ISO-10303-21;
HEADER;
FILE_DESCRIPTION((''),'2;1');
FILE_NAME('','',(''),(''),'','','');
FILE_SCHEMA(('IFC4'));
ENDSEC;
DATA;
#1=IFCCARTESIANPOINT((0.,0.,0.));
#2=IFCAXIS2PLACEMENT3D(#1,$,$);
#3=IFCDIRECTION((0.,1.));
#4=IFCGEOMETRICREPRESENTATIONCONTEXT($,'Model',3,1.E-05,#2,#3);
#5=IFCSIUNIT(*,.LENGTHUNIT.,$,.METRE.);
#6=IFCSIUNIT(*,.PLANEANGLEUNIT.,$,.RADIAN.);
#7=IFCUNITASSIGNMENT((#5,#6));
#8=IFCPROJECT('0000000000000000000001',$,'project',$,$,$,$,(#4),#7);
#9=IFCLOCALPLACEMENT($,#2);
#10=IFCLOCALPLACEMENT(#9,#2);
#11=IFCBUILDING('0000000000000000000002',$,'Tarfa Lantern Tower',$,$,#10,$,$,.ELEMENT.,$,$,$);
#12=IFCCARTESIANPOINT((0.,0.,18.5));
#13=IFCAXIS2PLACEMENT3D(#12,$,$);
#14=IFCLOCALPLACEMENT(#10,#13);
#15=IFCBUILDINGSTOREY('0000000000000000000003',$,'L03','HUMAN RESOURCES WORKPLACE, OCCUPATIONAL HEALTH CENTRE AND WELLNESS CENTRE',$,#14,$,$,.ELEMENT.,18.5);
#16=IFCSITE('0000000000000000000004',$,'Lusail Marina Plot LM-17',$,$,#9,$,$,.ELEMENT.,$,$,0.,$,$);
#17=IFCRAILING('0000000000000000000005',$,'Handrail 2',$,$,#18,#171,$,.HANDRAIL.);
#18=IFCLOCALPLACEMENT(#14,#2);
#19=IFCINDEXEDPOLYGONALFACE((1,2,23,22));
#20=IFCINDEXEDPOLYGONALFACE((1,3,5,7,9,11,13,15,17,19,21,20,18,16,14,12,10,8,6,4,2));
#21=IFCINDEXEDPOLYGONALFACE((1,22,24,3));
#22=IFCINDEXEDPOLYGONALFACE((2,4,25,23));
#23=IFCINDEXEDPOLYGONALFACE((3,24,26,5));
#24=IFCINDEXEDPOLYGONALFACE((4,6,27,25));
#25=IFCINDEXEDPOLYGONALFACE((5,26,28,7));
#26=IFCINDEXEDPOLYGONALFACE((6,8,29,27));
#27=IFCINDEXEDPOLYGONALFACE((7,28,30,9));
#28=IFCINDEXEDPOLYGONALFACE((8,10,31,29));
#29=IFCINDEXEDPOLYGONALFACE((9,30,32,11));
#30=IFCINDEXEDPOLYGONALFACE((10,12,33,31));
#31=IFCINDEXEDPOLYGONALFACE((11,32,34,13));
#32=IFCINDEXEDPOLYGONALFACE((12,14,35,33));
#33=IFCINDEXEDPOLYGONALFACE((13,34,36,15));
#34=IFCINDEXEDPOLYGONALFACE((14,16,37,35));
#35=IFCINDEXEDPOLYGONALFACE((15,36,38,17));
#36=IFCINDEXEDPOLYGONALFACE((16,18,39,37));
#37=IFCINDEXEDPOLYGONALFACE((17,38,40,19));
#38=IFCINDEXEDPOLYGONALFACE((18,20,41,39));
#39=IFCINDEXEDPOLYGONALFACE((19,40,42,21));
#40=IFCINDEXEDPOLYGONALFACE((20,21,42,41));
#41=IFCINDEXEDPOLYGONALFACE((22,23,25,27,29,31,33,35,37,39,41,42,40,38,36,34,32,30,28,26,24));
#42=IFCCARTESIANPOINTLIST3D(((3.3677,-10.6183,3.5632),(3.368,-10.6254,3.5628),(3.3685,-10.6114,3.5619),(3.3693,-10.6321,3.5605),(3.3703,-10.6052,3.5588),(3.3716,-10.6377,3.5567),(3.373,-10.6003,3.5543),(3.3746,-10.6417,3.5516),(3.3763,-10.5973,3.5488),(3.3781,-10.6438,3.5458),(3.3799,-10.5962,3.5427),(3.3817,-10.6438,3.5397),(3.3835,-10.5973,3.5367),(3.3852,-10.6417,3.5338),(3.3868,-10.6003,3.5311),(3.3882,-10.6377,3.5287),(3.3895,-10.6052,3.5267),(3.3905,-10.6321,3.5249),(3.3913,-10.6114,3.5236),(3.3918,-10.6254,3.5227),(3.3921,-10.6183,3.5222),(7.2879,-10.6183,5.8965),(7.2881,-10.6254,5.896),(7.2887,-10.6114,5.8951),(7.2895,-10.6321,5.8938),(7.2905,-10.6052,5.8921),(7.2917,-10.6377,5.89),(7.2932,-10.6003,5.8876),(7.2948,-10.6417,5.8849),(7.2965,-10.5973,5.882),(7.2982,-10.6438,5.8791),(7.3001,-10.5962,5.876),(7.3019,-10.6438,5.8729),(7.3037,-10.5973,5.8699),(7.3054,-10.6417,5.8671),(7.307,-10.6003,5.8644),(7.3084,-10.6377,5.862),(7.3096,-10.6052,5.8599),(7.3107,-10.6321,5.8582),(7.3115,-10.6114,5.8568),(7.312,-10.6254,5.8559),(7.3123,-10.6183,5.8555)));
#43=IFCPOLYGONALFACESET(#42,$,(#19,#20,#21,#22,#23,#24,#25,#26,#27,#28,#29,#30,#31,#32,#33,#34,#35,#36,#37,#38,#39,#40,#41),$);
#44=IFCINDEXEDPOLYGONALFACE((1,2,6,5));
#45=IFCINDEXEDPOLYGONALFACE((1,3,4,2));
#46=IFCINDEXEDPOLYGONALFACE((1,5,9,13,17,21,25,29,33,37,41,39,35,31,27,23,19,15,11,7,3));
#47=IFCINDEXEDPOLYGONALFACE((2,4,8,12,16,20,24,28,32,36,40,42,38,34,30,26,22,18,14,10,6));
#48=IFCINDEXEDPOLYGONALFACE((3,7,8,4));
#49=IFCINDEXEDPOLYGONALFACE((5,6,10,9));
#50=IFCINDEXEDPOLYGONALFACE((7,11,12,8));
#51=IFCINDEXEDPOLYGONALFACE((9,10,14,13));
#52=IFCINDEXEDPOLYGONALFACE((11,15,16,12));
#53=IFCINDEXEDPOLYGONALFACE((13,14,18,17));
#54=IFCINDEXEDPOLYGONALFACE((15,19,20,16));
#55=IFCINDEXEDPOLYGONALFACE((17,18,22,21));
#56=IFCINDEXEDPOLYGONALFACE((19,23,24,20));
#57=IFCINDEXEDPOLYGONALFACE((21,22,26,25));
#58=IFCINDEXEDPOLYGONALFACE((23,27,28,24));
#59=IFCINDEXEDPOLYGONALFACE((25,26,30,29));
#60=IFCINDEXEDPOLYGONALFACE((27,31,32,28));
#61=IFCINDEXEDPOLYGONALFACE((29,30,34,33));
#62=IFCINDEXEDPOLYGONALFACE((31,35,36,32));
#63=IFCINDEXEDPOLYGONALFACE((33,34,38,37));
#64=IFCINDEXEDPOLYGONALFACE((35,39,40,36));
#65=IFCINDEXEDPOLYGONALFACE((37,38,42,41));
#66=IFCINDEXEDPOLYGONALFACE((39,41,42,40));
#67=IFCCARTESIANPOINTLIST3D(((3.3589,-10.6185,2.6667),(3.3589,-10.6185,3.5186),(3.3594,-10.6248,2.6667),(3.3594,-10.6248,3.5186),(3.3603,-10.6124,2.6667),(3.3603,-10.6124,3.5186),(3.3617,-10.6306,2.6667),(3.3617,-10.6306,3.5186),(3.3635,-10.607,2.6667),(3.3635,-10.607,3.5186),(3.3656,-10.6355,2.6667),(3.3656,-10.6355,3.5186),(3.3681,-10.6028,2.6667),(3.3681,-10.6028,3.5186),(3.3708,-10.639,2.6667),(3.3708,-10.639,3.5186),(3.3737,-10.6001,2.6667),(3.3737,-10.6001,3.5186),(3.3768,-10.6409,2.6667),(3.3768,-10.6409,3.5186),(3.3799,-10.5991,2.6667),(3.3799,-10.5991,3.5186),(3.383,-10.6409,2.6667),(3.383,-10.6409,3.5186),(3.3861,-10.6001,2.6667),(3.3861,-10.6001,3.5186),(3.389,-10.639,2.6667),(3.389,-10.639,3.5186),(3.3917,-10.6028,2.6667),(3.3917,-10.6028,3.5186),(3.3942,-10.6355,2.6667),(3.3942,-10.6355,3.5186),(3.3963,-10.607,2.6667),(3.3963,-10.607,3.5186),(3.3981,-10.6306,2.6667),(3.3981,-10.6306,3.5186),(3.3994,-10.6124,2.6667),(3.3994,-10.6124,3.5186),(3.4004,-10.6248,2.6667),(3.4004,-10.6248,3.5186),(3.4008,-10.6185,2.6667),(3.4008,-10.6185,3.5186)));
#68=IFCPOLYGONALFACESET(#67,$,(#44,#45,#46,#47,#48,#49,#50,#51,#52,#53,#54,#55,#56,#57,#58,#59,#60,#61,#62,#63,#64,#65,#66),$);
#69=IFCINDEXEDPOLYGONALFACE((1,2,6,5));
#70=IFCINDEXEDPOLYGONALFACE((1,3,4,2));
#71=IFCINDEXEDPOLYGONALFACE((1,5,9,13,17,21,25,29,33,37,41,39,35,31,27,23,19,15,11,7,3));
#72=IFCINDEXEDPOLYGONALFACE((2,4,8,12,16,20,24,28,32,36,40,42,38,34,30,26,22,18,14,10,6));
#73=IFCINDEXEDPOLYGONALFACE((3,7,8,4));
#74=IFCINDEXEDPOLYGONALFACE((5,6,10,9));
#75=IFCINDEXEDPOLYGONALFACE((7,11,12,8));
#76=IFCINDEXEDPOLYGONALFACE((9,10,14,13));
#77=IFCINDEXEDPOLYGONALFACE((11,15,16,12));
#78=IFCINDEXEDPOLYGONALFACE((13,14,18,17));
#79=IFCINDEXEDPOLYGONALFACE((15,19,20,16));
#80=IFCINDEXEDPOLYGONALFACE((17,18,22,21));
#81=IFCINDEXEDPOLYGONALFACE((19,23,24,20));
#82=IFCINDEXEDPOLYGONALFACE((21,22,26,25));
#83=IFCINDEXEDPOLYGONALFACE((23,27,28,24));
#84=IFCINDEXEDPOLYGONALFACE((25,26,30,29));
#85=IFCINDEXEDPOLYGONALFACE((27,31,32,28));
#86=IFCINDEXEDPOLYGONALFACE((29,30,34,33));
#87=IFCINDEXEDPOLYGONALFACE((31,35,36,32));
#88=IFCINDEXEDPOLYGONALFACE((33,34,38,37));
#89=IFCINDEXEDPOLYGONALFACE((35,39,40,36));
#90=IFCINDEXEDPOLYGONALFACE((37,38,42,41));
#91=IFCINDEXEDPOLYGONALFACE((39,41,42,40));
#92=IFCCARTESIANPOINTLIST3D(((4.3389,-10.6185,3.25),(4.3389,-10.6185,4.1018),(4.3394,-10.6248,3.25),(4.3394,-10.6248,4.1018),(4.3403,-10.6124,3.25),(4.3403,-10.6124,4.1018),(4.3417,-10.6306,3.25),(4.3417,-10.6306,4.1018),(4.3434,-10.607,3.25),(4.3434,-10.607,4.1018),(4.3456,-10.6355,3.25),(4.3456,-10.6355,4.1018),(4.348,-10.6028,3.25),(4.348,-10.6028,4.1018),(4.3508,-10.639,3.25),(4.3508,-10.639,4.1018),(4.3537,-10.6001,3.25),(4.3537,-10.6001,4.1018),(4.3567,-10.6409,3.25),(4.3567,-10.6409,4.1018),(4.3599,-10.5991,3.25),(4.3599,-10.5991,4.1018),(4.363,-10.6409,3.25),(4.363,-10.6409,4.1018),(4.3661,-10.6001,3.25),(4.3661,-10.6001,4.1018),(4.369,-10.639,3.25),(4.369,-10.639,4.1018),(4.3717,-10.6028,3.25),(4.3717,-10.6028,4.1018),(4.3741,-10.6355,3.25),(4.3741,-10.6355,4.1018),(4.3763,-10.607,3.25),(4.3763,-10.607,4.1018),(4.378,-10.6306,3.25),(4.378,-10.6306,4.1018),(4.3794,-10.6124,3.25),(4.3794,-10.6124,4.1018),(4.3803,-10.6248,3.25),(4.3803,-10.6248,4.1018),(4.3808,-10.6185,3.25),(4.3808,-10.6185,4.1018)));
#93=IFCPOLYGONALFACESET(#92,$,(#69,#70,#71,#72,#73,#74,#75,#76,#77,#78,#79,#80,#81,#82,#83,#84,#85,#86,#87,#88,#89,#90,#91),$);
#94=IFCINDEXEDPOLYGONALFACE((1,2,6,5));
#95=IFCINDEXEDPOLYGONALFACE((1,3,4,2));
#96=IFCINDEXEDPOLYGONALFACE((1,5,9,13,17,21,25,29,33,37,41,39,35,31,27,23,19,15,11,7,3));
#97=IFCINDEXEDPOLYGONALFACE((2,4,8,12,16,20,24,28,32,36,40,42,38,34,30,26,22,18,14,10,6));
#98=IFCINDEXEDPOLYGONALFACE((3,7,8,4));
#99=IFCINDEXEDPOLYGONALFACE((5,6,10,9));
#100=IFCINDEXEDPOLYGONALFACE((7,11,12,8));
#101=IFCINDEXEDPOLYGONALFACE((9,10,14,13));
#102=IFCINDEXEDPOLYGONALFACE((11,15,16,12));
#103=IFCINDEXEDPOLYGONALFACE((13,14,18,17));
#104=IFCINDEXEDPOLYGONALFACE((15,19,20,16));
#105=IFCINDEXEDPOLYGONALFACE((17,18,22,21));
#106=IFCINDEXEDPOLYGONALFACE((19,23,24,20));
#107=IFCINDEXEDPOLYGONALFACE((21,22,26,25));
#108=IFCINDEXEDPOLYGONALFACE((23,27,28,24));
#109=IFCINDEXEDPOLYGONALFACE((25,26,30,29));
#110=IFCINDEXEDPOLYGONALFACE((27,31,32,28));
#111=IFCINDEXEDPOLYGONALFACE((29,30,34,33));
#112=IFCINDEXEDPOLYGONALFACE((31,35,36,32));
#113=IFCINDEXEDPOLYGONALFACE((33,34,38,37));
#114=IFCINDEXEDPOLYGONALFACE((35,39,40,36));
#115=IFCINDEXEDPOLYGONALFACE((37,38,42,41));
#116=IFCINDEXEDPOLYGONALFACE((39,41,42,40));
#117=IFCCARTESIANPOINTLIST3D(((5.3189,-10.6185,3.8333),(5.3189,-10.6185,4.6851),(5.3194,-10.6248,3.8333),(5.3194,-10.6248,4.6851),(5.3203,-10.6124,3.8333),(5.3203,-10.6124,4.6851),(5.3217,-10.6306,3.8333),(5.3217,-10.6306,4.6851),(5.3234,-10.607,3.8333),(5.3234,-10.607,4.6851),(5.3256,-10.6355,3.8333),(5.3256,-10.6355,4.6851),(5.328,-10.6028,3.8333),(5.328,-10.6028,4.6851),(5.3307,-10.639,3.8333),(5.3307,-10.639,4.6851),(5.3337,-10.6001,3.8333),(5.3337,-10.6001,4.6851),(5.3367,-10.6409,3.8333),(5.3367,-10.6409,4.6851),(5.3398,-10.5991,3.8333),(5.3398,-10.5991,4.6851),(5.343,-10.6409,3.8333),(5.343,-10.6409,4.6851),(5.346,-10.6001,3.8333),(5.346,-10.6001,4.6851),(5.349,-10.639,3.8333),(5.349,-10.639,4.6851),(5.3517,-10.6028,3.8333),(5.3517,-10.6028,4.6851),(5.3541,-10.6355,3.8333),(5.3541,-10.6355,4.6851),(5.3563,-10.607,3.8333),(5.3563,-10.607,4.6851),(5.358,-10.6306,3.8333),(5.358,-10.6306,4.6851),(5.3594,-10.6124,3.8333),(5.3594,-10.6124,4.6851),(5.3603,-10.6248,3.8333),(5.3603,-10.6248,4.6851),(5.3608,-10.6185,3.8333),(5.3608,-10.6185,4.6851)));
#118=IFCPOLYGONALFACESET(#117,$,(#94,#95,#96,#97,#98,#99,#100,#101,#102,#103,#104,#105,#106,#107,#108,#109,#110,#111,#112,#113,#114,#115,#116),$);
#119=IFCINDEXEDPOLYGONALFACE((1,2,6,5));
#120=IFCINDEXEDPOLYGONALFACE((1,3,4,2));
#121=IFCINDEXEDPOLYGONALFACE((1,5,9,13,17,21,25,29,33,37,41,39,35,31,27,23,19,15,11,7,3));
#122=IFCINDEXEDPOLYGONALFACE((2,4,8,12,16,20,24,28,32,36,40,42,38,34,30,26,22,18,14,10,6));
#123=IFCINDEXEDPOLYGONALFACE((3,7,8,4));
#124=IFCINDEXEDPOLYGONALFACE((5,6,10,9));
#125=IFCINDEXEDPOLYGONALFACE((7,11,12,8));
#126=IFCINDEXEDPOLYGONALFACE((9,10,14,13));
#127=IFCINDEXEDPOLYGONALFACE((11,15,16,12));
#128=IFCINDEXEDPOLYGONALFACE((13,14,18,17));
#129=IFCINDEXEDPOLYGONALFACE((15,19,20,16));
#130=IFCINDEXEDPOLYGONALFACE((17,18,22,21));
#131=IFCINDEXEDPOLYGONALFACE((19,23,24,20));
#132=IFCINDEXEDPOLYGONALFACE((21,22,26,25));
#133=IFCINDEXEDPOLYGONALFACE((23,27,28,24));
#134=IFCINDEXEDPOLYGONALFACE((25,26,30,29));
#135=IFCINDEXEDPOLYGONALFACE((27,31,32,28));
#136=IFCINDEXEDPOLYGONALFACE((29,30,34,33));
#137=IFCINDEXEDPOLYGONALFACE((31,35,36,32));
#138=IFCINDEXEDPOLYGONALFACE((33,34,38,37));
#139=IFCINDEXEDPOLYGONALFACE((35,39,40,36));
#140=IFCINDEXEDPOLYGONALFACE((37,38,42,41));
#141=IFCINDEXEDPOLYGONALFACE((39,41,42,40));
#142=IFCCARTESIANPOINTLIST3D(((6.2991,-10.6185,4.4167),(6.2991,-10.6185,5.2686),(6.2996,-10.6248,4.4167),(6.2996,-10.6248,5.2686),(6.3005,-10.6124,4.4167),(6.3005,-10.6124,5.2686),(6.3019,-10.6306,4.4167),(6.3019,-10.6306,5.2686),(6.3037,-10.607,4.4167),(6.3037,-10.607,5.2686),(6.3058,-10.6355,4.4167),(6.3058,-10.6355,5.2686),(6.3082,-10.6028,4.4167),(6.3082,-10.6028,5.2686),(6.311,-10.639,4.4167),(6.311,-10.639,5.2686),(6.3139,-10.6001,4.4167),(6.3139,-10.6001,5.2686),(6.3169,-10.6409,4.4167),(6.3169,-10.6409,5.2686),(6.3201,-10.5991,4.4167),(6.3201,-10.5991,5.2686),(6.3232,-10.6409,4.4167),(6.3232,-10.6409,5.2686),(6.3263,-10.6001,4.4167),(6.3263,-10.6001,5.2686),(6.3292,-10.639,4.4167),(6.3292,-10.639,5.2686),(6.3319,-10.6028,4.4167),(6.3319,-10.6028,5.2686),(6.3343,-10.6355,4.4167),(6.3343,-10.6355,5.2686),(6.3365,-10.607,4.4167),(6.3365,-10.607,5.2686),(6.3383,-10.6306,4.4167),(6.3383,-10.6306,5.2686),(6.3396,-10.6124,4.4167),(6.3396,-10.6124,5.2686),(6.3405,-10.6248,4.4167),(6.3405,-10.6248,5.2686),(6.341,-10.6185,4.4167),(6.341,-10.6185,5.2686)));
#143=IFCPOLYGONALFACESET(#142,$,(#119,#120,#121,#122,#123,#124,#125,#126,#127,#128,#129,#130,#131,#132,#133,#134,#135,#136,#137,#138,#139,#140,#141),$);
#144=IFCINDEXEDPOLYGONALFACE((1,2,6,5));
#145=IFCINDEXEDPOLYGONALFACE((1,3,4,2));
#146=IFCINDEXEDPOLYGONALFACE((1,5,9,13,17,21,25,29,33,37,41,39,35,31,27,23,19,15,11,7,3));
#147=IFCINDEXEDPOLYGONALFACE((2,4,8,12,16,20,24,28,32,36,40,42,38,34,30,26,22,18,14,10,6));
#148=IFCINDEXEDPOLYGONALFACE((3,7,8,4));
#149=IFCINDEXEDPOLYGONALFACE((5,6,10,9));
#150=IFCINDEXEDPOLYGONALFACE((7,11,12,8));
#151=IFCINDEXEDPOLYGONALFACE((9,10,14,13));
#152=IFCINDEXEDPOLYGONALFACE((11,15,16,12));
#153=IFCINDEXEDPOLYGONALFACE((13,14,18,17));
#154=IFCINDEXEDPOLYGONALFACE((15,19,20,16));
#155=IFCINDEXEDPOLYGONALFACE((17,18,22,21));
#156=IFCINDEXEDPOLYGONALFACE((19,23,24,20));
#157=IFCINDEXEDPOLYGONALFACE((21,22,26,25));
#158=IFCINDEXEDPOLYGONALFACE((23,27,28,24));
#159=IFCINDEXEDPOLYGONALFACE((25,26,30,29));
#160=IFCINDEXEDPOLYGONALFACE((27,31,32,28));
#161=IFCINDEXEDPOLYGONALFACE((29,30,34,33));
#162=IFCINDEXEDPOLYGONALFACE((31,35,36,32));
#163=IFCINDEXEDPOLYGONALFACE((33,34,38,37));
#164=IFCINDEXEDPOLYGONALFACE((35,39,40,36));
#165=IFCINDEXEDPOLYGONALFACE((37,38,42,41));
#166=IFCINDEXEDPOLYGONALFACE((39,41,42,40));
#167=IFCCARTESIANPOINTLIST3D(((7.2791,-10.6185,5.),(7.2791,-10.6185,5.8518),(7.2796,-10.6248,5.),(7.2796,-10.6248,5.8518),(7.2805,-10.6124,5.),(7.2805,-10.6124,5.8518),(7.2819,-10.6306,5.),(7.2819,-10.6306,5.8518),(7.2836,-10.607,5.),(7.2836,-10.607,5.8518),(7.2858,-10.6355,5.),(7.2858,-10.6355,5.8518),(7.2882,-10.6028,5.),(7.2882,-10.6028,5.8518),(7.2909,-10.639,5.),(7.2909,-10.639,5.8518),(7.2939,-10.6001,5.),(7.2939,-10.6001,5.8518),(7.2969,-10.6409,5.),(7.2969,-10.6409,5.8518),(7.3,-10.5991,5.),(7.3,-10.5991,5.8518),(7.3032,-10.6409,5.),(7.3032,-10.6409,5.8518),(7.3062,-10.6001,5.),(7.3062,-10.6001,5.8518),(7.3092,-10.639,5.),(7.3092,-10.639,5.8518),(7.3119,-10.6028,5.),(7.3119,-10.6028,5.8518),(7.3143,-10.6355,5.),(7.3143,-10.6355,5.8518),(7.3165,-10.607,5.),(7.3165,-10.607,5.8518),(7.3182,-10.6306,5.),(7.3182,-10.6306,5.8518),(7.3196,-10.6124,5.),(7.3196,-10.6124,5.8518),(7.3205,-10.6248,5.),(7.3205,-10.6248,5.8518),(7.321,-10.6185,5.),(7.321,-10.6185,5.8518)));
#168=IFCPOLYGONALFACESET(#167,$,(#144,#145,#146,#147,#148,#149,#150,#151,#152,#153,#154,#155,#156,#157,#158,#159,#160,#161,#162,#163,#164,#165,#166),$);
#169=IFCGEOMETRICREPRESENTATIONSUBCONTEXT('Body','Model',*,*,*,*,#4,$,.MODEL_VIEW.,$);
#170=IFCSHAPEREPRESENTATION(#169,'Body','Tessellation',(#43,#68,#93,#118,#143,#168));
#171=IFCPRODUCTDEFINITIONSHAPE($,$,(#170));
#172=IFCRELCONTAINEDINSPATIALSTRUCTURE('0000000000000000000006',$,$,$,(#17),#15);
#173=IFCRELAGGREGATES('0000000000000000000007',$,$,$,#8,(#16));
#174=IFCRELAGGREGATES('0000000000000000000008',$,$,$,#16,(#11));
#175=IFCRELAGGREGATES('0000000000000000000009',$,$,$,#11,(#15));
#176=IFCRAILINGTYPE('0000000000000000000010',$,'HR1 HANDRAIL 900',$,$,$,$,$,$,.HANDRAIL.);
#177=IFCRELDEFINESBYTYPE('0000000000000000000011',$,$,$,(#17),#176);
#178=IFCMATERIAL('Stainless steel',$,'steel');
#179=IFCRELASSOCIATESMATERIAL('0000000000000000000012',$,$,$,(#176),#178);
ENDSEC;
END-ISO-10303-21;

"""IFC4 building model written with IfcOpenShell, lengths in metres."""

from ifc_helpers import new_model, si_unit, direction, frame, origin, origin_2d, place, context, subcontext, project, spatial, circle, extrude, material, type_object, element, save


model = new_model("IFC4")

# Units and contexts
model_context = context("Model", 3, precision=1e-05, world=origin(), true_north=direction((0.0, 1.0)))
body_context = subcontext(model_context, "Body", "Model", "MODEL_VIEW")
ifc_project = project(units=[si_unit("LENGTHUNIT", "METRE"), si_unit("PLANEANGLEUNIT", "RADIAN")], contexts=[model_context])

# Site, building, storey
site_placement = place(None, origin())
site = spatial("IfcSite", under=ifc_project, at=site_placement, Name="Lusail Marina Plot LM-17", CompositionType="ELEMENT", RefElevation=0.0)
building_placement = place(site_placement, origin())
building = spatial("IfcBuilding", under=site, at=building_placement, Name="Tarfa Lantern Tower", CompositionType="ELEMENT")
storey_placement = place(building_placement, frame((0.0, 0.0, 18.5)))
storey = spatial("IfcBuildingStorey", under=building, at=storey_placement, Name="L03", Description="HUMAN RESOURCES WORKPLACE, OCCUPATIONAL HEALTH CENTRE AND WELLNESS CENTRE", CompositionType="ELEMENT", Elevation=18.5)

# Railing
ifc_material_1 = material(Name="Stainless steel", Category="steel")
railing_type = type_object("IfcRailingType", Name="HR1 HANDRAIL 900", PredefinedType="HANDRAIL", material=ifc_material_1)
railing_placement = place(storey_placement, frame((3.3799, -10.6201, 2.6667)))
element("IfcRailing", 1, at=railing_placement, inside=storey, type_object=railing_type, Name="Handrail 2", PredefinedType="HANDRAIL", context=body_context, shape_type="SweptSolid", body=[
    extrude(circle(Radius=0.0239, at=origin_2d()), frame((0.0, 0.0, 0.876), z_axis=(0.85931, 0.0, 0.511455), x_axis=(0.0, 1.0, 0.0)), (0.0, 0.0, 1.0), 4.562),
    extrude(circle(Radius=0.021, at=origin_2d()), frame((0.0, 0.0, 0.0), z_axis=(0.0, 0.0, 1.0), x_axis=(0.0, 1.0, 0.0)), (0.0, 0.0, 1.0), 0.8518),
    extrude(circle(Radius=0.021, at=origin_2d()), frame((0.98, 0.0, 0.5833), z_axis=(0.0, 0.0, 1.0), x_axis=(0.0, 1.0, 0.0)), (0.0, 0.0, 1.0), 0.8518),
    extrude(circle(Radius=0.021, at=origin_2d()), frame((1.96, 0.0, 1.1665), z_axis=(0.0, 0.0, 1.0), x_axis=(0.0, 1.0, 0.0)), (0.0, 0.0, 1.0), 0.8518),
    extrude(circle(Radius=0.021, at=origin_2d()), frame((2.9402, 0.0, 1.75), z_axis=(0.0, 0.0, 1.0), x_axis=(0.0, 1.0, 0.0)), (0.0, 0.0, 1.0), 0.8518),
    extrude(circle(Radius=0.021, at=origin_2d()), frame((3.9202, 0.0, 2.3333), z_axis=(0.0, 0.0, 1.0), x_axis=(0.0, 1.0, 0.0)), (0.0, 0.0, 1.0), 0.8518),
])

save(model, "model.ifc")
